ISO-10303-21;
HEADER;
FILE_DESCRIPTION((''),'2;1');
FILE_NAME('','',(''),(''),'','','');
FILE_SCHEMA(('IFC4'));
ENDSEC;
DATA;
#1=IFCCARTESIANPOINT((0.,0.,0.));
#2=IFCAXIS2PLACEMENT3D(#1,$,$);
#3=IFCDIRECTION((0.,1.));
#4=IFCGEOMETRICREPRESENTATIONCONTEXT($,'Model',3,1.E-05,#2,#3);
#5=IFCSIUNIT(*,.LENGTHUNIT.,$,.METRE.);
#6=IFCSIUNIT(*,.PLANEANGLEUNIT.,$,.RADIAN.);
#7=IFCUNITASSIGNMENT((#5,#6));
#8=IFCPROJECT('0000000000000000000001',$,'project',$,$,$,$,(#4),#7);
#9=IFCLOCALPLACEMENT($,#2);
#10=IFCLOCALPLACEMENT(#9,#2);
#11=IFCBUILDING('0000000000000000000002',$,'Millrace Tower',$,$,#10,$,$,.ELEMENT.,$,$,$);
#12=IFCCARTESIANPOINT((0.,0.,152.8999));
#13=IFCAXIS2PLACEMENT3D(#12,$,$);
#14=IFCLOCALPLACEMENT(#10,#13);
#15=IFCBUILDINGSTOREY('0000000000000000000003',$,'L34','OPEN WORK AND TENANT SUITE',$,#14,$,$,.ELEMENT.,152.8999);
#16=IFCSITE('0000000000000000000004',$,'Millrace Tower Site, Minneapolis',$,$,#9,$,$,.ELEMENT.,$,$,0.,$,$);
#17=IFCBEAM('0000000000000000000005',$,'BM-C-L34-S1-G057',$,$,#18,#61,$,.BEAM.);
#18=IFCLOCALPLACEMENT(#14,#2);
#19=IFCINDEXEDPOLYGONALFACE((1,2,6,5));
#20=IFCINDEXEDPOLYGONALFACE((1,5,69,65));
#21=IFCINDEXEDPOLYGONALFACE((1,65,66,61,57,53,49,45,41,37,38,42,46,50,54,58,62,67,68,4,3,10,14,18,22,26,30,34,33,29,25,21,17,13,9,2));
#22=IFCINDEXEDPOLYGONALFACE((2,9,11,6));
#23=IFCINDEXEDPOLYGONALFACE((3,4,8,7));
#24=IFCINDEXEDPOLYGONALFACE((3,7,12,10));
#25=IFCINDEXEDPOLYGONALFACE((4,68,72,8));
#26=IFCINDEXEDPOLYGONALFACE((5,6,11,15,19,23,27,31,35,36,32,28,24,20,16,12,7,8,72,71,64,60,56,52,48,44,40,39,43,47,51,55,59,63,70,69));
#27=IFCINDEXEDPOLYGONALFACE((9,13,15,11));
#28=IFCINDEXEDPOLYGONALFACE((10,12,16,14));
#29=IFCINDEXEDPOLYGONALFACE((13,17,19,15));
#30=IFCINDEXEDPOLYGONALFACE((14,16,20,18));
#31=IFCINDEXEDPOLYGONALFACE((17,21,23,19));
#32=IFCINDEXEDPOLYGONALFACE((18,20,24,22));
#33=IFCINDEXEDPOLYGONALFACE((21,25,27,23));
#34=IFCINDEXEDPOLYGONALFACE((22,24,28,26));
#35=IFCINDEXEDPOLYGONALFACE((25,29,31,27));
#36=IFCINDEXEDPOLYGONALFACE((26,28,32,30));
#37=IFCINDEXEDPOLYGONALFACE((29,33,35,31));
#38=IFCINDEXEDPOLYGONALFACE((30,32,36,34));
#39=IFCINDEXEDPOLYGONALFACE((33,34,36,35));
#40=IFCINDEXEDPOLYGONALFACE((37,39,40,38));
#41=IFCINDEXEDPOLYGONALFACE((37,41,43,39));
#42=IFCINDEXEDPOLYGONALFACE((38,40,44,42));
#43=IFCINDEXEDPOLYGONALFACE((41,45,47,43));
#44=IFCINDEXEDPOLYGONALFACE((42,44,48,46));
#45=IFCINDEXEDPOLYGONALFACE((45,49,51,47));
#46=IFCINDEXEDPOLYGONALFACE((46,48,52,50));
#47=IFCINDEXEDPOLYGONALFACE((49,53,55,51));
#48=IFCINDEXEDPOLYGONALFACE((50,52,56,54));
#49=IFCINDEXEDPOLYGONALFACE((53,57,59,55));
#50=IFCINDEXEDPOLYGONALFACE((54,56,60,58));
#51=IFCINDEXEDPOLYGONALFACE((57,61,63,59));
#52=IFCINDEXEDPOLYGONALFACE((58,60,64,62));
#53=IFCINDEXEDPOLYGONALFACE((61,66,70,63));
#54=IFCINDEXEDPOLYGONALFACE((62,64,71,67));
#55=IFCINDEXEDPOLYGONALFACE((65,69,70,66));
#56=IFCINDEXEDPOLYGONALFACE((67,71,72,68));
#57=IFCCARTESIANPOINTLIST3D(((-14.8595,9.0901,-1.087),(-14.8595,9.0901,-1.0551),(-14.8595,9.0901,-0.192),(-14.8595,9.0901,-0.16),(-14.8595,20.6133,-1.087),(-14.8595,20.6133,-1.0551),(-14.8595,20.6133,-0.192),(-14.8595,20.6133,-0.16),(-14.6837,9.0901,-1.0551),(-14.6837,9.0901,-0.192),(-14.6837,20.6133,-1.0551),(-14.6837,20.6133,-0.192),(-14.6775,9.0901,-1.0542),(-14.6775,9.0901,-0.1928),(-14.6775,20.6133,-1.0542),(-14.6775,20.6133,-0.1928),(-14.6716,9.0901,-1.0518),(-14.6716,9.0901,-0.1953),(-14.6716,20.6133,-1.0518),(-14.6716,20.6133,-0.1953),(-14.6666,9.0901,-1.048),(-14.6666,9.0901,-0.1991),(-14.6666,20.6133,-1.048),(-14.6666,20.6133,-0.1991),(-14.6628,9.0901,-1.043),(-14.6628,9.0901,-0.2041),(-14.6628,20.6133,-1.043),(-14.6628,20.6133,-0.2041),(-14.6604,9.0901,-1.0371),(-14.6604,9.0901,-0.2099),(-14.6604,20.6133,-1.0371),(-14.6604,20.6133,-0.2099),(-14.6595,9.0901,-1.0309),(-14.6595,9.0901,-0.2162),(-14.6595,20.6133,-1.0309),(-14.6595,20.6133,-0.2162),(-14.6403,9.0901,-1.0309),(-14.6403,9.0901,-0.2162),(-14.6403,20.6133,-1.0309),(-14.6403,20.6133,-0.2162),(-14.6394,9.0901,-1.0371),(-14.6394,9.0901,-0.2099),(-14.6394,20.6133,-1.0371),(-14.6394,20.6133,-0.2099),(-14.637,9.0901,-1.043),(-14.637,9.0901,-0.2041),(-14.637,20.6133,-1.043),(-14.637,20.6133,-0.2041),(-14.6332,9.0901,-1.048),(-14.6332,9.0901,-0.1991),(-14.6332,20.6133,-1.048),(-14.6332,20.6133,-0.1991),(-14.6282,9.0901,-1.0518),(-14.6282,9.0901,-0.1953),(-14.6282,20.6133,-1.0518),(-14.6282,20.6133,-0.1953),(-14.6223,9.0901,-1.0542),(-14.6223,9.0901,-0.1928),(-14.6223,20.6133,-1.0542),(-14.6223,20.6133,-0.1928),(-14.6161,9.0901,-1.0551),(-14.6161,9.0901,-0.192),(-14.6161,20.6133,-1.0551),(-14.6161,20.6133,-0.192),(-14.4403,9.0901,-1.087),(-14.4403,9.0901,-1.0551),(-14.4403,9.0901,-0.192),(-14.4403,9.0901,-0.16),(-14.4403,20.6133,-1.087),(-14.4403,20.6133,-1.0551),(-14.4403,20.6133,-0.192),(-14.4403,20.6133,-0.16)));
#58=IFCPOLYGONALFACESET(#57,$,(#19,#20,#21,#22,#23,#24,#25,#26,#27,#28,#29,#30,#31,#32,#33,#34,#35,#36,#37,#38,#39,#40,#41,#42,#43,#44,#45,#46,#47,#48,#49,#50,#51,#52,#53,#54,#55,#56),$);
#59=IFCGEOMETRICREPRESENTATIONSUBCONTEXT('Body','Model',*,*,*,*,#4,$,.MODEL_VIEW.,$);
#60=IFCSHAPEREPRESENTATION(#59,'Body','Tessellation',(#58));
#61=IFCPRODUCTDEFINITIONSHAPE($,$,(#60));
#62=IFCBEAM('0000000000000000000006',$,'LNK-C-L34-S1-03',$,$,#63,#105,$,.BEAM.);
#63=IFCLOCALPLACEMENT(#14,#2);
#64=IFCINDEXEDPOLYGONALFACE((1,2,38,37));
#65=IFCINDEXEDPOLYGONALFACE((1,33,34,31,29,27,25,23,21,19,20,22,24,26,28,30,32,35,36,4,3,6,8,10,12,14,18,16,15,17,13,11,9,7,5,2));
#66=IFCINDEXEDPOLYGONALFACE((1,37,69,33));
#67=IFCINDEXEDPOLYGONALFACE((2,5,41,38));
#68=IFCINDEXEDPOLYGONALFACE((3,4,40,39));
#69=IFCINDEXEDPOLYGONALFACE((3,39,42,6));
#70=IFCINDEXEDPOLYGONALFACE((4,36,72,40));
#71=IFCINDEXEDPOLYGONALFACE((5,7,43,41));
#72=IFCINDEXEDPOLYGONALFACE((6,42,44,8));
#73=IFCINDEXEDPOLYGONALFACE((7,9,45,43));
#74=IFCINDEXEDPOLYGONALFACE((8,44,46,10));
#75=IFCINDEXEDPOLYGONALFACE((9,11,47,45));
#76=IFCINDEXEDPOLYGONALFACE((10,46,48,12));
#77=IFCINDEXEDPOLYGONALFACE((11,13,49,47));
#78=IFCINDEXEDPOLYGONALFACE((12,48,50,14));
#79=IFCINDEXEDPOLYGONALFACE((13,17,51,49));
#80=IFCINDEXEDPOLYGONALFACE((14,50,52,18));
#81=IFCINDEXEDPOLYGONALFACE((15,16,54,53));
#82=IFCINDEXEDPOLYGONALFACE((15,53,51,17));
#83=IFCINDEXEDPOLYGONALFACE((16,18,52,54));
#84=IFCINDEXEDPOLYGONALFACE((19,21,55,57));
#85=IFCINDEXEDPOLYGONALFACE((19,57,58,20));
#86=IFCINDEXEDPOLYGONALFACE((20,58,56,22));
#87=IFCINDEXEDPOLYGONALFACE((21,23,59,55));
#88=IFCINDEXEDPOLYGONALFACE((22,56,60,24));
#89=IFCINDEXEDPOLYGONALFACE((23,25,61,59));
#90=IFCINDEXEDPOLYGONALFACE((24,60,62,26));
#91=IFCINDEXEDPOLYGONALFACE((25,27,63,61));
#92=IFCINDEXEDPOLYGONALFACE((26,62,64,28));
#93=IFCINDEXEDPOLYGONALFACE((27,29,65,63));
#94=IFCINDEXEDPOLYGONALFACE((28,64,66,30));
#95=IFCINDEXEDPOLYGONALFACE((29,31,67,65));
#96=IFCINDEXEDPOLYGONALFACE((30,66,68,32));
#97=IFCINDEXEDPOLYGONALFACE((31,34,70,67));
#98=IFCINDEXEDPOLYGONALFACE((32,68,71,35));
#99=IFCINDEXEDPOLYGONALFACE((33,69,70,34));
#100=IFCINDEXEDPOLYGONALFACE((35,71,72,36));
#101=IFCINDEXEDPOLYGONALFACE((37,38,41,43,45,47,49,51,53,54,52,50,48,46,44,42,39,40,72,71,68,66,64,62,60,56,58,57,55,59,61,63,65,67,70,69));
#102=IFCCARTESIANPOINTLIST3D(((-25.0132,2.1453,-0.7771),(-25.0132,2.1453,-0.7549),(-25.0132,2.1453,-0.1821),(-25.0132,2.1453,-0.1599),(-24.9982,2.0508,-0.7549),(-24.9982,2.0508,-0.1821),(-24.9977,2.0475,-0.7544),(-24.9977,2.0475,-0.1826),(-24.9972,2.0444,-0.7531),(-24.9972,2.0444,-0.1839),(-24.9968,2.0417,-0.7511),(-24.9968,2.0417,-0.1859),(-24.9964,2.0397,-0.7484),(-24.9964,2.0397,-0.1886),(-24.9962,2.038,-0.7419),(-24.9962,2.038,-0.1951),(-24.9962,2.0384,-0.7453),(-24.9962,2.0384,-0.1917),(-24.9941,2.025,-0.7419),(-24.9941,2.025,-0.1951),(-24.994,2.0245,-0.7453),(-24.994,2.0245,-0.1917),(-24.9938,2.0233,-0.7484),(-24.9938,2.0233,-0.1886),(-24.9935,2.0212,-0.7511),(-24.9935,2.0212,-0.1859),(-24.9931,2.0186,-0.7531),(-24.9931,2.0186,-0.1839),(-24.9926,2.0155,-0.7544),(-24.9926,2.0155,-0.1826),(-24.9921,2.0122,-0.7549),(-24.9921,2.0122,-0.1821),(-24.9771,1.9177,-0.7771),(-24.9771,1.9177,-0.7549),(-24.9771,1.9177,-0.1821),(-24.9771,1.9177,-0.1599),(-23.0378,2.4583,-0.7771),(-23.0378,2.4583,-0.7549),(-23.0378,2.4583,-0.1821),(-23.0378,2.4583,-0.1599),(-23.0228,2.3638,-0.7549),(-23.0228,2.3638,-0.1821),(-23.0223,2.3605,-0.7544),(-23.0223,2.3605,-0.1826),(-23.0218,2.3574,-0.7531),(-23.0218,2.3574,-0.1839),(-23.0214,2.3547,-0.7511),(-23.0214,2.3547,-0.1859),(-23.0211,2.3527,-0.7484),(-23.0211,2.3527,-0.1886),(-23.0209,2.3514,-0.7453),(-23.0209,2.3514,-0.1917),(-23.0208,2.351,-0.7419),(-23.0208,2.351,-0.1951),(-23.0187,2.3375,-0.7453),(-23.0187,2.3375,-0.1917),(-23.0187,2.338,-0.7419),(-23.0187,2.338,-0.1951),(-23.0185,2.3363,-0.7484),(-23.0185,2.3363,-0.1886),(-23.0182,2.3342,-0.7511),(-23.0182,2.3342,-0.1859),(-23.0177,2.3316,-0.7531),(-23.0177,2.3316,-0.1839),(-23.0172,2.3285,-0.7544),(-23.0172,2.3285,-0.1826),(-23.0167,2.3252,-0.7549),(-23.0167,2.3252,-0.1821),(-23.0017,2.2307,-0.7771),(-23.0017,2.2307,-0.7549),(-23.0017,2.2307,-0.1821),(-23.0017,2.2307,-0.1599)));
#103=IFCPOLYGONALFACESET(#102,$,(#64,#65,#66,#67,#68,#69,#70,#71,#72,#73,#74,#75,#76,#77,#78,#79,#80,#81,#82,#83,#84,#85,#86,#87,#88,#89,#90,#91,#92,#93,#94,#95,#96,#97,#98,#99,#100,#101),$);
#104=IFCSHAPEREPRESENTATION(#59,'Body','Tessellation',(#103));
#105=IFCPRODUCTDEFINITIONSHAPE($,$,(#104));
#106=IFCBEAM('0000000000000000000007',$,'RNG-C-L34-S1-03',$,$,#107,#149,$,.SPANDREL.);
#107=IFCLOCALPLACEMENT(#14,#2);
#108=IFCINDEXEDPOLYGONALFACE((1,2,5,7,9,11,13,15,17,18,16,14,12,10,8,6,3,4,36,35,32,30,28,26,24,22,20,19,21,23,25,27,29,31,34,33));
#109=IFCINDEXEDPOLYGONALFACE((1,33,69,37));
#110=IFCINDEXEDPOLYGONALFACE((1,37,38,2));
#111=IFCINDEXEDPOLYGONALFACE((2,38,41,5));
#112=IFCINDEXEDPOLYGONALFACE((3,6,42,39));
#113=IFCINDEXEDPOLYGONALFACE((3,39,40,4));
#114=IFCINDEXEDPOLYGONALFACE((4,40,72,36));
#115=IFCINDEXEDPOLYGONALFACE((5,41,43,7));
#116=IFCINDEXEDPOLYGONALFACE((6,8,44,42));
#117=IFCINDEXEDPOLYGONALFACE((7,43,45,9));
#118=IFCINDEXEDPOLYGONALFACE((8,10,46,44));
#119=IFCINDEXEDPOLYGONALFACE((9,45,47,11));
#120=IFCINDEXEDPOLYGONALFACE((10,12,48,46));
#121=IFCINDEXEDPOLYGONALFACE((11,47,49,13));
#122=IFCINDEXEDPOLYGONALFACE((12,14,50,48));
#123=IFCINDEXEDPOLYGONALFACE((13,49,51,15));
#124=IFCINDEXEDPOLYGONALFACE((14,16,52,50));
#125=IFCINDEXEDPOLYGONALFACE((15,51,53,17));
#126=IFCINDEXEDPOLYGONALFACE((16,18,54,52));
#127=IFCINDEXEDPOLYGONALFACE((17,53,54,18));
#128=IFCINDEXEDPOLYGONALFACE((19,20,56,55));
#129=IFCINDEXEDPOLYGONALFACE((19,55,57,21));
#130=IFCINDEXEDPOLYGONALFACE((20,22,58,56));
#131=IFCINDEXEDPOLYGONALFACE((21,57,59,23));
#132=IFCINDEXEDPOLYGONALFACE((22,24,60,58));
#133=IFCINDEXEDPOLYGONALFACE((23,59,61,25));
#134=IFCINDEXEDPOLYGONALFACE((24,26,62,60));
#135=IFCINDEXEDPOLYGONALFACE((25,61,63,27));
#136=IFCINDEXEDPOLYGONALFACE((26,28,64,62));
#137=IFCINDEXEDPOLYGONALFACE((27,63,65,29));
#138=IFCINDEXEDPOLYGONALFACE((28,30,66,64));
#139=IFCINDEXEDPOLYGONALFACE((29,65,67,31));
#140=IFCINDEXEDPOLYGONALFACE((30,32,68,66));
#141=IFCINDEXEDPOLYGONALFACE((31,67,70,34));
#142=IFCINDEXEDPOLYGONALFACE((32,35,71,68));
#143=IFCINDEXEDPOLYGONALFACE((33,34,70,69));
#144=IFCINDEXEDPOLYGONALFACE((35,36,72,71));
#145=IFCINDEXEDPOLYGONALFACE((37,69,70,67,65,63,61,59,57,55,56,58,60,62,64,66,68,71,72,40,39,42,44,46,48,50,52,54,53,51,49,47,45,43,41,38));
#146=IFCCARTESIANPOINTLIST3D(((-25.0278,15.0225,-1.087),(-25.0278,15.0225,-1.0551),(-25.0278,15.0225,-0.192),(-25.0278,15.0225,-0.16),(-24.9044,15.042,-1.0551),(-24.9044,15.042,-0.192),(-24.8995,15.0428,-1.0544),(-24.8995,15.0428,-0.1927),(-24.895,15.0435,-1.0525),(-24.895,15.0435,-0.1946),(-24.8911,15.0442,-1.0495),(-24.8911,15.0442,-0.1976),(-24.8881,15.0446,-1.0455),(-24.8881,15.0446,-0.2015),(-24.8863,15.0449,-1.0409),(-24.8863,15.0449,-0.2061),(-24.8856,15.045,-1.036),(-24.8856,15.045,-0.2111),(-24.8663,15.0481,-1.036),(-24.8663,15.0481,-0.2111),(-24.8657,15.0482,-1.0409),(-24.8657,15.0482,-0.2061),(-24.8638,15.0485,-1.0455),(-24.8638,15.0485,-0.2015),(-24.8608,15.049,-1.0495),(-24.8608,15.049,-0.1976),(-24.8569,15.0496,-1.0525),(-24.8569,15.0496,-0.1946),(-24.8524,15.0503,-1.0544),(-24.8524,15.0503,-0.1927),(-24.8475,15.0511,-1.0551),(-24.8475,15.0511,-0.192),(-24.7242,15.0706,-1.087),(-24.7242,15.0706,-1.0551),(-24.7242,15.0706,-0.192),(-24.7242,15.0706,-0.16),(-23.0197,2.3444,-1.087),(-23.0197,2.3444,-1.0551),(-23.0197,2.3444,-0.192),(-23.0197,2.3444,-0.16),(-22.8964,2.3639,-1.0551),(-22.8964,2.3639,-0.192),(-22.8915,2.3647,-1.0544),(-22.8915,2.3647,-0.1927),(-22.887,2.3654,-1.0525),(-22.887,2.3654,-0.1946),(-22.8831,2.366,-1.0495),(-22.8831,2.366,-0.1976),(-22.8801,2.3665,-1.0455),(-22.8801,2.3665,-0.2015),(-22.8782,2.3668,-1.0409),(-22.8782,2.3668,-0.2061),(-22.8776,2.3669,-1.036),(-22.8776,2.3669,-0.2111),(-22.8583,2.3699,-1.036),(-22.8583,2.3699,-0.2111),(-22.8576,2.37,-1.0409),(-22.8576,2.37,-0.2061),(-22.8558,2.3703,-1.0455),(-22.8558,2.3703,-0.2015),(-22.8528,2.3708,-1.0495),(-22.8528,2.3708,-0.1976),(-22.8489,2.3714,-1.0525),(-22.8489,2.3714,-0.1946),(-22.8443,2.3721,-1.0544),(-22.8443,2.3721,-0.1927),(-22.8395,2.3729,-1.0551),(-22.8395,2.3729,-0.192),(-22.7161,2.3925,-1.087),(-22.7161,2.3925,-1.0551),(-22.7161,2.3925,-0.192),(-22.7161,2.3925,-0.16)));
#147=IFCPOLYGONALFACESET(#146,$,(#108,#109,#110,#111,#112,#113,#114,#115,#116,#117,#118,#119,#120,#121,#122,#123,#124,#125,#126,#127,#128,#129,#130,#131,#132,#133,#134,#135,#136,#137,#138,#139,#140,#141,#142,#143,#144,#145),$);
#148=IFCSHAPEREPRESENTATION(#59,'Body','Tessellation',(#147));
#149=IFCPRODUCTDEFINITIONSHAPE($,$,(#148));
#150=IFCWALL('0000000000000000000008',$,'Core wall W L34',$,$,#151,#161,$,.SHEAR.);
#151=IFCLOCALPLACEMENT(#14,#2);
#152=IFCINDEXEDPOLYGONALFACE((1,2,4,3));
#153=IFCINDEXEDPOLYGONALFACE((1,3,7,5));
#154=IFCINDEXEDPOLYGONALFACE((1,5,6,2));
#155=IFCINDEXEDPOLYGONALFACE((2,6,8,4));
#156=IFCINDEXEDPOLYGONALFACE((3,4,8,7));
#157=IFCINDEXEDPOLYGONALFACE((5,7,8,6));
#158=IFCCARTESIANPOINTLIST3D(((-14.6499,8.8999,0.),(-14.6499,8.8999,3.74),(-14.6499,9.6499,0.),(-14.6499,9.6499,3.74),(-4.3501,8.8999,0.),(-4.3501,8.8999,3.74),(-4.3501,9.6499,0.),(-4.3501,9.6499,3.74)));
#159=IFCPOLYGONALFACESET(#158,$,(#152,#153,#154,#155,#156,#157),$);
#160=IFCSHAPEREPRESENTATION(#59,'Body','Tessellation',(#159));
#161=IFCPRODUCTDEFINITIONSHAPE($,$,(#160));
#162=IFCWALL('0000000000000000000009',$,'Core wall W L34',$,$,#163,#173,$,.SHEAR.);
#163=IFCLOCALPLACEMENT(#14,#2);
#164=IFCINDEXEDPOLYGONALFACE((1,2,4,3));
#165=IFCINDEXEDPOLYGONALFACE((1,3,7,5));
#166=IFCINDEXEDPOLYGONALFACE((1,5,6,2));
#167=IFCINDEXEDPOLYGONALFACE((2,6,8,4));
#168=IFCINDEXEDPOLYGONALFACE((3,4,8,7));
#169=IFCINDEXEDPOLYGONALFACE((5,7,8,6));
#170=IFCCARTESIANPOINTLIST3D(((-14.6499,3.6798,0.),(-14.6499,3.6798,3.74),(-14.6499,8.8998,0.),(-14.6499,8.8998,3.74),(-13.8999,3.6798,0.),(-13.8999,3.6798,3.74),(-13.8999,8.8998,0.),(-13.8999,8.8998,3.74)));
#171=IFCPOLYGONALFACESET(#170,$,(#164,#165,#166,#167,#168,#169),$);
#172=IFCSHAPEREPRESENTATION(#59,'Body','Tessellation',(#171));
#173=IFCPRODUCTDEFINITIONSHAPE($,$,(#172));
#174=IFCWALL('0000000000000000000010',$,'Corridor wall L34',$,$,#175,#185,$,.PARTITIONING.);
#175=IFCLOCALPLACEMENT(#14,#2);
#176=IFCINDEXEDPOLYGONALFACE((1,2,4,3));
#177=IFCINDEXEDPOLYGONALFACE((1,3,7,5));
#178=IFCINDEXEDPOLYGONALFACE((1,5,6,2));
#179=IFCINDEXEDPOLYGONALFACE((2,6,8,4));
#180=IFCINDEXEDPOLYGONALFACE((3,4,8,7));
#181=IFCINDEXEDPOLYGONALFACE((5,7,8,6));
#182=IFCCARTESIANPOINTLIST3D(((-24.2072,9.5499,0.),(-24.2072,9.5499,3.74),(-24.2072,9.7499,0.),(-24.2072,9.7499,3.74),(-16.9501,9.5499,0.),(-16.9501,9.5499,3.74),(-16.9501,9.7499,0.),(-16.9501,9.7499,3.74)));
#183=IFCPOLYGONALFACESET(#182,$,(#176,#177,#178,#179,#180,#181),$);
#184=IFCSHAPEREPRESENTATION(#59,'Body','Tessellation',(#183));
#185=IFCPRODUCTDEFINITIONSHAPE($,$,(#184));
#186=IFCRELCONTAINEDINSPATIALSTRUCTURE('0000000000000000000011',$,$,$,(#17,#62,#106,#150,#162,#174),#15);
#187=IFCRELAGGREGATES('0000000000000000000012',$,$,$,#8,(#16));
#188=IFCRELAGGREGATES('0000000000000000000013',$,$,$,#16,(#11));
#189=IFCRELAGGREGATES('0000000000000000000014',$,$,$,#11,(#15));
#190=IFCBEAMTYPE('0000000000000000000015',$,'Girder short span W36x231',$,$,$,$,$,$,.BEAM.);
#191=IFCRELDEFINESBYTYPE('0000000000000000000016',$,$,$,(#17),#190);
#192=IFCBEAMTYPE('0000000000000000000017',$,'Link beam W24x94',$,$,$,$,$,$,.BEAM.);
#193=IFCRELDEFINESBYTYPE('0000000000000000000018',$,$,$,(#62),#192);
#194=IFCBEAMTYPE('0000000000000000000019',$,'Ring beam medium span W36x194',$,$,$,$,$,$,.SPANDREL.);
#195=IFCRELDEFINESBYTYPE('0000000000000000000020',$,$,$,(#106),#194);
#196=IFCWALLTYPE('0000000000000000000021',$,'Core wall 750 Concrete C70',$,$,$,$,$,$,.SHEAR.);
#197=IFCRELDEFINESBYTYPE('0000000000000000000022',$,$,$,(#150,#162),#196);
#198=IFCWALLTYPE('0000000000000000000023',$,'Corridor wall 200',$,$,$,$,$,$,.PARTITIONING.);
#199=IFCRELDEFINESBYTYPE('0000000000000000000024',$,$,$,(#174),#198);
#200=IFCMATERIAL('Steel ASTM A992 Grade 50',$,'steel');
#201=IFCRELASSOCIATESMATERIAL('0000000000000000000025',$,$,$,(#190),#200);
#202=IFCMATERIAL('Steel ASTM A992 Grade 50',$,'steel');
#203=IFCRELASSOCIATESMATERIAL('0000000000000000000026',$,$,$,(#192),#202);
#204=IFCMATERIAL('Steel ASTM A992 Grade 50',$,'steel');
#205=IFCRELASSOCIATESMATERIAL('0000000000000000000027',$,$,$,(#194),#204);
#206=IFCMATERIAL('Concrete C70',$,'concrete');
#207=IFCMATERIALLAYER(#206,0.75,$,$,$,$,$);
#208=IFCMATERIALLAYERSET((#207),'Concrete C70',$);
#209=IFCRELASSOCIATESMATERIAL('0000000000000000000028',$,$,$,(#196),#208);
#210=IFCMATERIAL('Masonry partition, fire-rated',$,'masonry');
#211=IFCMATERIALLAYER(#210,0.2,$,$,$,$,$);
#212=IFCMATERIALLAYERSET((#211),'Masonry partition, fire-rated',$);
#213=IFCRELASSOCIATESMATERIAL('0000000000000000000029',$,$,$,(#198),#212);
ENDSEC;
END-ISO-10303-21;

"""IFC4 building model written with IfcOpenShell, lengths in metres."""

from ifc_helpers import new_model, si_unit, direction, frame, frame_2d, origin, origin_2d, place, context, subcontext, project, spatial, rectangle, i_section, extrude, material, layer, layer_set, material_profile, profile_set, type_object, element, save


model = new_model("IFC4")

# Units and contexts
model_context = context("Model", 3, precision=1e-05, world=origin(), true_north=direction((0.0, 1.0)))
body_context = subcontext(model_context, "Body", "Model", "MODEL_VIEW")
ifc_project = project(units=[si_unit("LENGTHUNIT", "METRE"), si_unit("PLANEANGLEUNIT", "RADIAN")], contexts=[model_context])

# Site, building, storey
site_placement = place(None, origin())
site = spatial("IfcSite", under=ifc_project, at=site_placement, Name="Millrace Tower Site, Minneapolis", CompositionType="ELEMENT", RefElevation=0.0)
building_placement = place(site_placement, origin())
building = spatial("IfcBuilding", under=site, at=building_placement, Name="Millrace Tower", CompositionType="ELEMENT")
storey_placement = place(building_placement, frame((0.0, 0.0, 152.8999)))
storey = spatial("IfcBuildingStorey", under=building, at=storey_placement, Name="L34", Description="OPEN WORK AND TENANT SUITE", CompositionType="ELEMENT", Elevation=152.8999)

# Beams
ifc_material_1 = material(Name="Steel ASTM A992 Grade 50", Category="steel")
ifc_material_profile_1 = material_profile(ifc_material_1, i_section(OverallWidth=0.4192, OverallDepth=0.927, WebThickness=0.0193, FlangeThickness=0.032, FilletRadius=0.0242, at=origin_2d()))
ifc_profile_set_1 = profile_set([ifc_material_profile_1], Name="Steel ASTM A992 Grade 50")
beam_type_1 = type_object("IfcBeamType", Name="Girder short span W36x231", PredefinedType="BEAM", material=ifc_profile_set_1)
beam_1_placement = place(storey_placement, frame((-14.6499, 9.0901, -0.6235), z_axis=(0.0, 1.0, 0.0), x_axis=(-1.0, 0.0, 0.0)))
element("IfcBeam", 1, at=beam_1_placement, inside=storey, type_object=beam_type_1, Name="BM-C-L34-S1-G057", PredefinedType="BEAM", context=body_context, shape_type="SweptSolid", body=[
    extrude(i_section(OverallWidth=0.4192, OverallDepth=0.927, WebThickness=0.0193, FlangeThickness=0.032, FilletRadius=0.0242, at=origin_2d()), origin(), (0.0, 0.0, 1.0), 11.5232),
])
ifc_material_2 = material(Name="Steel ASTM A992 Grade 50", Category="steel")
ifc_material_profile_2 = material_profile(ifc_material_2, i_section(OverallWidth=0.2305, OverallDepth=0.6172, WebThickness=0.0132, FlangeThickness=0.0222, FilletRadius=0.0129, at=origin_2d()))
ifc_profile_set_2 = profile_set([ifc_material_profile_2], Name="Steel ASTM A992 Grade 50")
beam_type_2 = type_object("IfcBeamType", Name="Link beam W24x94", PredefinedType="BEAM", material=ifc_profile_set_2)
beam_2_placement = place(storey_placement, frame((-23.0198, 2.3445, -0.4685), z_axis=(-0.987679, -0.156495, 0.0), x_axis=(0.156495, -0.987679, 0.0)))
element("IfcBeam", 2, at=beam_2_placement, inside=storey, type_object=beam_type_2, Name="LNK-C-L34-S1-03", PredefinedType="BEAM", context=body_context, shape_type="SweptSolid", body=[
    extrude(i_section(OverallWidth=0.2305, OverallDepth=0.6172, WebThickness=0.0132, FlangeThickness=0.0222, FilletRadius=0.0129, at=origin_2d()), origin(), (0.0, 0.0, 1.0), 2.0),
])
ifc_material_3 = material(Name="Steel ASTM A992 Grade 50", Category="steel")
ifc_material_profile_3 = material_profile(ifc_material_3, i_section(OverallWidth=0.3074, OverallDepth=0.927, WebThickness=0.0195, FlangeThickness=0.032, FilletRadius=0.019, at=origin_2d()))
ifc_profile_set_3 = profile_set([ifc_material_profile_3], Name="Steel ASTM A992 Grade 50")
beam_type_3 = type_object("IfcBeamType", Name="Ring beam medium span W36x194", PredefinedType="SPANDREL", material=ifc_profile_set_3)
beam_3_placement = place(storey_placement, frame((-22.8679, 2.3684, -0.6235), z_axis=(-0.156436, 0.987688, 0.0), x_axis=(-0.987688, -0.156436, 0.0)))
element("IfcBeam", 3, at=beam_3_placement, inside=storey, type_object=beam_type_3, Name="RNG-C-L34-S1-03", PredefinedType="SPANDREL", context=body_context, shape_type="SweptSolid", body=[
    extrude(i_section(OverallWidth=0.3074, OverallDepth=0.927, WebThickness=0.0195, FlangeThickness=0.032, FilletRadius=0.019, at=origin_2d()), origin(), (0.0, 0.0, 1.0), 12.8362),
])

# Walls
ifc_material_4 = material(Name="Concrete C70", Category="concrete")
ifc_layer_1 = layer(ifc_material_4, 0.75)
ifc_layer_set_1 = layer_set([ifc_layer_1], Name="Concrete C70")
wall_type_1 = type_object("IfcWallType", Name="Core wall 750 Concrete C70", PredefinedType="SHEAR", material=ifc_layer_set_1)
wall_1_placement = place(storey_placement, frame((-14.6499, 9.2749, 0.0), z_axis=(0.0, 0.0, 1.0), x_axis=(1.0, 0.0, 0.0)))
element("IfcWall", 4, at=wall_1_placement, inside=storey, type_object=wall_type_1, Name="Core wall W L34", PredefinedType="SHEAR", context=body_context, shape_type="SweptSolid", body=[
    extrude(rectangle(XDim=10.2998, YDim=0.75, at=frame_2d((5.1499, 0.0))), origin(), (0.0, 0.0, 1.0), 3.74),
])
wall_2_placement = place(storey_placement, frame((-14.2749, 3.6799, 0.0), z_axis=(0.0, 0.0, 1.0), x_axis=(0.0, 1.0, 0.0)))
element("IfcWall", 5, at=wall_2_placement, inside=storey, type_object=wall_type_1, Name="Core wall W L34", PredefinedType="SHEAR", context=body_context, shape_type="SweptSolid", body=[
    extrude(rectangle(XDim=5.22, YDim=0.75, at=frame_2d((2.6099, 0.0))), origin(), (0.0, 0.0, 1.0), 3.74),
])
ifc_material_5 = material(Name="Masonry partition, fire-rated", Category="masonry")
ifc_layer_2 = layer(ifc_material_5, 0.2)
ifc_layer_set_2 = layer_set([ifc_layer_2], Name="Masonry partition, fire-rated")
wall_type_2 = type_object("IfcWallType", Name="Corridor wall 200", PredefinedType="PARTITIONING", material=ifc_layer_set_2)
wall_3_placement = place(storey_placement, frame((-24.207, 9.6499, 0.0), z_axis=(0.0, 0.0, 1.0), x_axis=(1.0, 0.0, 0.0)))
element("IfcWall", 6, at=wall_3_placement, inside=storey, type_object=wall_type_2, Name="Corridor wall L34", PredefinedType="PARTITIONING", context=body_context, shape_type="SweptSolid", body=[
    extrude(rectangle(XDim=7.2571, YDim=0.2, at=frame_2d((3.6284, 0.0))), origin(), (0.0, 0.0, 1.0), 3.74),
])

save(model, "model.ifc")
